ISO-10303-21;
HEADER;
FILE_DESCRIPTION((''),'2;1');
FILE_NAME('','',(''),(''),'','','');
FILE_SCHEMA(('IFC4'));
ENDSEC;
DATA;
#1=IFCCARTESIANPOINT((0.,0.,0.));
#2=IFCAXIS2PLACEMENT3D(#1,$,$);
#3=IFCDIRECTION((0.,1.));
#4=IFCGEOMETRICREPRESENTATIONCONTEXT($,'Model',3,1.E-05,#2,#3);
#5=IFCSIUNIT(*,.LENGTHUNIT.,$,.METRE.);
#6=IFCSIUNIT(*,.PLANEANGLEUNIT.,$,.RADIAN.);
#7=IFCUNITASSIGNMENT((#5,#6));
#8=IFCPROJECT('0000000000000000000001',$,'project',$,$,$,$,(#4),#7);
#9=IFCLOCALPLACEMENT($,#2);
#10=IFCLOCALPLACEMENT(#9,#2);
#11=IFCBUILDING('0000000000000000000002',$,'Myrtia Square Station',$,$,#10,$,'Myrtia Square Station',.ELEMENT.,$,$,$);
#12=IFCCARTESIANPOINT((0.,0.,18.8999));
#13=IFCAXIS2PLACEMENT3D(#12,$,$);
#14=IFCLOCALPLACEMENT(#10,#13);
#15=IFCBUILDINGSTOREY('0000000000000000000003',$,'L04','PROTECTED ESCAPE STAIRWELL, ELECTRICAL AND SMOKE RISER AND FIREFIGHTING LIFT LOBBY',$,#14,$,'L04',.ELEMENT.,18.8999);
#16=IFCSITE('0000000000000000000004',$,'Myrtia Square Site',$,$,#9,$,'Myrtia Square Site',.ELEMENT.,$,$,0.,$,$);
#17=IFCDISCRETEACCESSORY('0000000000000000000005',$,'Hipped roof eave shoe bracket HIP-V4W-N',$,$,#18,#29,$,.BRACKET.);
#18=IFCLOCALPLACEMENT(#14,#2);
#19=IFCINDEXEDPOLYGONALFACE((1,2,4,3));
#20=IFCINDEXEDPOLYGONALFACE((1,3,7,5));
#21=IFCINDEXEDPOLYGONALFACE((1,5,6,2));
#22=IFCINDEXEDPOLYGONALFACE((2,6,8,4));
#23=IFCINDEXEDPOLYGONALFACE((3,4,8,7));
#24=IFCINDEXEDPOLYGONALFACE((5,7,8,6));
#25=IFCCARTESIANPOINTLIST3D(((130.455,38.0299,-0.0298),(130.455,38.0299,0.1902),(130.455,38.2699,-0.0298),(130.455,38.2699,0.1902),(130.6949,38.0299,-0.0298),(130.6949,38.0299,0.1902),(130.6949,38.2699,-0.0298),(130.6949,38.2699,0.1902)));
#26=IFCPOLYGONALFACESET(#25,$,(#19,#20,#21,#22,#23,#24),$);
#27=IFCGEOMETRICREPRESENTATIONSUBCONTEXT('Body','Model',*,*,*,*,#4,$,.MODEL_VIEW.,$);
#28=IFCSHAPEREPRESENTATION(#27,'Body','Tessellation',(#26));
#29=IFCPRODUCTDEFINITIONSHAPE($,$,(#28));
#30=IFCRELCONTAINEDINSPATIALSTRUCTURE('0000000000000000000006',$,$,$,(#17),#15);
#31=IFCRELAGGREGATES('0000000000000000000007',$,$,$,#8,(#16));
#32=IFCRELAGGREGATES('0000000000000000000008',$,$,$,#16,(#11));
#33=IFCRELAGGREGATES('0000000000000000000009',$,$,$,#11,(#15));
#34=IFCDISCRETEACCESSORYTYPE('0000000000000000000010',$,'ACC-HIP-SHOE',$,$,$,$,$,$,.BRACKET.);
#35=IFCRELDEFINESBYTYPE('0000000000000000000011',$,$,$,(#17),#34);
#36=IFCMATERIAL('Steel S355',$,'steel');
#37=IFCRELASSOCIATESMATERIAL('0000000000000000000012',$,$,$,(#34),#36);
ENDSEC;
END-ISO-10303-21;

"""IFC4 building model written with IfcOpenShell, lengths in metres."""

from ifc_helpers import new_model, si_unit, direction, frame, origin, origin_2d, place, context, subcontext, project, spatial, rectangle, extrude, material, type_object, element, save


model = new_model("IFC4")

# Units and contexts
model_context = context("Model", 3, precision=1e-05, world=origin(), true_north=direction((0.0, 1.0)))
body_context = subcontext(model_context, "Body", "Model", "MODEL_VIEW")
ifc_project = project(units=[si_unit("LENGTHUNIT", "METRE"), si_unit("PLANEANGLEUNIT", "RADIAN")], contexts=[model_context])

# Site, building, storey
site_placement = place(None, origin())
site = spatial("IfcSite", under=ifc_project, at=site_placement, Name="Myrtia Square Site", LongName="Myrtia Square Site", CompositionType="ELEMENT", RefElevation=0.0)
building_placement = place(site_placement, origin())
building = spatial("IfcBuilding", under=site, at=building_placement, Name="Myrtia Square Station", LongName="Myrtia Square Station", CompositionType="ELEMENT")
storey_placement = place(building_placement, frame((0.0, 0.0, 18.8999)))
storey = spatial("IfcBuildingStorey", under=building, at=storey_placement, Name="L04", Description="PROTECTED ESCAPE STAIRWELL, ELECTRICAL AND SMOKE RISER AND FIREFIGHTING LIFT LOBBY", LongName="L04", CompositionType="ELEMENT", Elevation=18.8999)

# Shared definitions
ifc_material_1 = material(Name="Steel S355", Category="steel")

# Discrete accessory
discrete_accessory_type = type_object("IfcDiscreteAccessoryType", Name="ACC-HIP-SHOE", PredefinedType="BRACKET", material=ifc_material_1)
for number, where, z_axis, x_axis, name in (
    (1, (130.575, 38.1499, -0.0298), (0.0, 0.0, 1.0), (1.0, 0.0, 0.0), "Hipped roof eave shoe bracket HIP-V4W-N"),
):
    element("IfcDiscreteAccessory", number, at=place(storey_placement, frame(where, z_axis=z_axis, x_axis=x_axis)), inside=storey, type_object=discrete_accessory_type, Name=name, PredefinedType="BRACKET", context=body_context, shape_type="SweptSolid", body=[
        extrude(rectangle(XDim=0.24, YDim=0.24, at=origin_2d()), origin(), (0.0, 0.0, 1.0), 0.22),
    ])

save(model, "model.ifc")
